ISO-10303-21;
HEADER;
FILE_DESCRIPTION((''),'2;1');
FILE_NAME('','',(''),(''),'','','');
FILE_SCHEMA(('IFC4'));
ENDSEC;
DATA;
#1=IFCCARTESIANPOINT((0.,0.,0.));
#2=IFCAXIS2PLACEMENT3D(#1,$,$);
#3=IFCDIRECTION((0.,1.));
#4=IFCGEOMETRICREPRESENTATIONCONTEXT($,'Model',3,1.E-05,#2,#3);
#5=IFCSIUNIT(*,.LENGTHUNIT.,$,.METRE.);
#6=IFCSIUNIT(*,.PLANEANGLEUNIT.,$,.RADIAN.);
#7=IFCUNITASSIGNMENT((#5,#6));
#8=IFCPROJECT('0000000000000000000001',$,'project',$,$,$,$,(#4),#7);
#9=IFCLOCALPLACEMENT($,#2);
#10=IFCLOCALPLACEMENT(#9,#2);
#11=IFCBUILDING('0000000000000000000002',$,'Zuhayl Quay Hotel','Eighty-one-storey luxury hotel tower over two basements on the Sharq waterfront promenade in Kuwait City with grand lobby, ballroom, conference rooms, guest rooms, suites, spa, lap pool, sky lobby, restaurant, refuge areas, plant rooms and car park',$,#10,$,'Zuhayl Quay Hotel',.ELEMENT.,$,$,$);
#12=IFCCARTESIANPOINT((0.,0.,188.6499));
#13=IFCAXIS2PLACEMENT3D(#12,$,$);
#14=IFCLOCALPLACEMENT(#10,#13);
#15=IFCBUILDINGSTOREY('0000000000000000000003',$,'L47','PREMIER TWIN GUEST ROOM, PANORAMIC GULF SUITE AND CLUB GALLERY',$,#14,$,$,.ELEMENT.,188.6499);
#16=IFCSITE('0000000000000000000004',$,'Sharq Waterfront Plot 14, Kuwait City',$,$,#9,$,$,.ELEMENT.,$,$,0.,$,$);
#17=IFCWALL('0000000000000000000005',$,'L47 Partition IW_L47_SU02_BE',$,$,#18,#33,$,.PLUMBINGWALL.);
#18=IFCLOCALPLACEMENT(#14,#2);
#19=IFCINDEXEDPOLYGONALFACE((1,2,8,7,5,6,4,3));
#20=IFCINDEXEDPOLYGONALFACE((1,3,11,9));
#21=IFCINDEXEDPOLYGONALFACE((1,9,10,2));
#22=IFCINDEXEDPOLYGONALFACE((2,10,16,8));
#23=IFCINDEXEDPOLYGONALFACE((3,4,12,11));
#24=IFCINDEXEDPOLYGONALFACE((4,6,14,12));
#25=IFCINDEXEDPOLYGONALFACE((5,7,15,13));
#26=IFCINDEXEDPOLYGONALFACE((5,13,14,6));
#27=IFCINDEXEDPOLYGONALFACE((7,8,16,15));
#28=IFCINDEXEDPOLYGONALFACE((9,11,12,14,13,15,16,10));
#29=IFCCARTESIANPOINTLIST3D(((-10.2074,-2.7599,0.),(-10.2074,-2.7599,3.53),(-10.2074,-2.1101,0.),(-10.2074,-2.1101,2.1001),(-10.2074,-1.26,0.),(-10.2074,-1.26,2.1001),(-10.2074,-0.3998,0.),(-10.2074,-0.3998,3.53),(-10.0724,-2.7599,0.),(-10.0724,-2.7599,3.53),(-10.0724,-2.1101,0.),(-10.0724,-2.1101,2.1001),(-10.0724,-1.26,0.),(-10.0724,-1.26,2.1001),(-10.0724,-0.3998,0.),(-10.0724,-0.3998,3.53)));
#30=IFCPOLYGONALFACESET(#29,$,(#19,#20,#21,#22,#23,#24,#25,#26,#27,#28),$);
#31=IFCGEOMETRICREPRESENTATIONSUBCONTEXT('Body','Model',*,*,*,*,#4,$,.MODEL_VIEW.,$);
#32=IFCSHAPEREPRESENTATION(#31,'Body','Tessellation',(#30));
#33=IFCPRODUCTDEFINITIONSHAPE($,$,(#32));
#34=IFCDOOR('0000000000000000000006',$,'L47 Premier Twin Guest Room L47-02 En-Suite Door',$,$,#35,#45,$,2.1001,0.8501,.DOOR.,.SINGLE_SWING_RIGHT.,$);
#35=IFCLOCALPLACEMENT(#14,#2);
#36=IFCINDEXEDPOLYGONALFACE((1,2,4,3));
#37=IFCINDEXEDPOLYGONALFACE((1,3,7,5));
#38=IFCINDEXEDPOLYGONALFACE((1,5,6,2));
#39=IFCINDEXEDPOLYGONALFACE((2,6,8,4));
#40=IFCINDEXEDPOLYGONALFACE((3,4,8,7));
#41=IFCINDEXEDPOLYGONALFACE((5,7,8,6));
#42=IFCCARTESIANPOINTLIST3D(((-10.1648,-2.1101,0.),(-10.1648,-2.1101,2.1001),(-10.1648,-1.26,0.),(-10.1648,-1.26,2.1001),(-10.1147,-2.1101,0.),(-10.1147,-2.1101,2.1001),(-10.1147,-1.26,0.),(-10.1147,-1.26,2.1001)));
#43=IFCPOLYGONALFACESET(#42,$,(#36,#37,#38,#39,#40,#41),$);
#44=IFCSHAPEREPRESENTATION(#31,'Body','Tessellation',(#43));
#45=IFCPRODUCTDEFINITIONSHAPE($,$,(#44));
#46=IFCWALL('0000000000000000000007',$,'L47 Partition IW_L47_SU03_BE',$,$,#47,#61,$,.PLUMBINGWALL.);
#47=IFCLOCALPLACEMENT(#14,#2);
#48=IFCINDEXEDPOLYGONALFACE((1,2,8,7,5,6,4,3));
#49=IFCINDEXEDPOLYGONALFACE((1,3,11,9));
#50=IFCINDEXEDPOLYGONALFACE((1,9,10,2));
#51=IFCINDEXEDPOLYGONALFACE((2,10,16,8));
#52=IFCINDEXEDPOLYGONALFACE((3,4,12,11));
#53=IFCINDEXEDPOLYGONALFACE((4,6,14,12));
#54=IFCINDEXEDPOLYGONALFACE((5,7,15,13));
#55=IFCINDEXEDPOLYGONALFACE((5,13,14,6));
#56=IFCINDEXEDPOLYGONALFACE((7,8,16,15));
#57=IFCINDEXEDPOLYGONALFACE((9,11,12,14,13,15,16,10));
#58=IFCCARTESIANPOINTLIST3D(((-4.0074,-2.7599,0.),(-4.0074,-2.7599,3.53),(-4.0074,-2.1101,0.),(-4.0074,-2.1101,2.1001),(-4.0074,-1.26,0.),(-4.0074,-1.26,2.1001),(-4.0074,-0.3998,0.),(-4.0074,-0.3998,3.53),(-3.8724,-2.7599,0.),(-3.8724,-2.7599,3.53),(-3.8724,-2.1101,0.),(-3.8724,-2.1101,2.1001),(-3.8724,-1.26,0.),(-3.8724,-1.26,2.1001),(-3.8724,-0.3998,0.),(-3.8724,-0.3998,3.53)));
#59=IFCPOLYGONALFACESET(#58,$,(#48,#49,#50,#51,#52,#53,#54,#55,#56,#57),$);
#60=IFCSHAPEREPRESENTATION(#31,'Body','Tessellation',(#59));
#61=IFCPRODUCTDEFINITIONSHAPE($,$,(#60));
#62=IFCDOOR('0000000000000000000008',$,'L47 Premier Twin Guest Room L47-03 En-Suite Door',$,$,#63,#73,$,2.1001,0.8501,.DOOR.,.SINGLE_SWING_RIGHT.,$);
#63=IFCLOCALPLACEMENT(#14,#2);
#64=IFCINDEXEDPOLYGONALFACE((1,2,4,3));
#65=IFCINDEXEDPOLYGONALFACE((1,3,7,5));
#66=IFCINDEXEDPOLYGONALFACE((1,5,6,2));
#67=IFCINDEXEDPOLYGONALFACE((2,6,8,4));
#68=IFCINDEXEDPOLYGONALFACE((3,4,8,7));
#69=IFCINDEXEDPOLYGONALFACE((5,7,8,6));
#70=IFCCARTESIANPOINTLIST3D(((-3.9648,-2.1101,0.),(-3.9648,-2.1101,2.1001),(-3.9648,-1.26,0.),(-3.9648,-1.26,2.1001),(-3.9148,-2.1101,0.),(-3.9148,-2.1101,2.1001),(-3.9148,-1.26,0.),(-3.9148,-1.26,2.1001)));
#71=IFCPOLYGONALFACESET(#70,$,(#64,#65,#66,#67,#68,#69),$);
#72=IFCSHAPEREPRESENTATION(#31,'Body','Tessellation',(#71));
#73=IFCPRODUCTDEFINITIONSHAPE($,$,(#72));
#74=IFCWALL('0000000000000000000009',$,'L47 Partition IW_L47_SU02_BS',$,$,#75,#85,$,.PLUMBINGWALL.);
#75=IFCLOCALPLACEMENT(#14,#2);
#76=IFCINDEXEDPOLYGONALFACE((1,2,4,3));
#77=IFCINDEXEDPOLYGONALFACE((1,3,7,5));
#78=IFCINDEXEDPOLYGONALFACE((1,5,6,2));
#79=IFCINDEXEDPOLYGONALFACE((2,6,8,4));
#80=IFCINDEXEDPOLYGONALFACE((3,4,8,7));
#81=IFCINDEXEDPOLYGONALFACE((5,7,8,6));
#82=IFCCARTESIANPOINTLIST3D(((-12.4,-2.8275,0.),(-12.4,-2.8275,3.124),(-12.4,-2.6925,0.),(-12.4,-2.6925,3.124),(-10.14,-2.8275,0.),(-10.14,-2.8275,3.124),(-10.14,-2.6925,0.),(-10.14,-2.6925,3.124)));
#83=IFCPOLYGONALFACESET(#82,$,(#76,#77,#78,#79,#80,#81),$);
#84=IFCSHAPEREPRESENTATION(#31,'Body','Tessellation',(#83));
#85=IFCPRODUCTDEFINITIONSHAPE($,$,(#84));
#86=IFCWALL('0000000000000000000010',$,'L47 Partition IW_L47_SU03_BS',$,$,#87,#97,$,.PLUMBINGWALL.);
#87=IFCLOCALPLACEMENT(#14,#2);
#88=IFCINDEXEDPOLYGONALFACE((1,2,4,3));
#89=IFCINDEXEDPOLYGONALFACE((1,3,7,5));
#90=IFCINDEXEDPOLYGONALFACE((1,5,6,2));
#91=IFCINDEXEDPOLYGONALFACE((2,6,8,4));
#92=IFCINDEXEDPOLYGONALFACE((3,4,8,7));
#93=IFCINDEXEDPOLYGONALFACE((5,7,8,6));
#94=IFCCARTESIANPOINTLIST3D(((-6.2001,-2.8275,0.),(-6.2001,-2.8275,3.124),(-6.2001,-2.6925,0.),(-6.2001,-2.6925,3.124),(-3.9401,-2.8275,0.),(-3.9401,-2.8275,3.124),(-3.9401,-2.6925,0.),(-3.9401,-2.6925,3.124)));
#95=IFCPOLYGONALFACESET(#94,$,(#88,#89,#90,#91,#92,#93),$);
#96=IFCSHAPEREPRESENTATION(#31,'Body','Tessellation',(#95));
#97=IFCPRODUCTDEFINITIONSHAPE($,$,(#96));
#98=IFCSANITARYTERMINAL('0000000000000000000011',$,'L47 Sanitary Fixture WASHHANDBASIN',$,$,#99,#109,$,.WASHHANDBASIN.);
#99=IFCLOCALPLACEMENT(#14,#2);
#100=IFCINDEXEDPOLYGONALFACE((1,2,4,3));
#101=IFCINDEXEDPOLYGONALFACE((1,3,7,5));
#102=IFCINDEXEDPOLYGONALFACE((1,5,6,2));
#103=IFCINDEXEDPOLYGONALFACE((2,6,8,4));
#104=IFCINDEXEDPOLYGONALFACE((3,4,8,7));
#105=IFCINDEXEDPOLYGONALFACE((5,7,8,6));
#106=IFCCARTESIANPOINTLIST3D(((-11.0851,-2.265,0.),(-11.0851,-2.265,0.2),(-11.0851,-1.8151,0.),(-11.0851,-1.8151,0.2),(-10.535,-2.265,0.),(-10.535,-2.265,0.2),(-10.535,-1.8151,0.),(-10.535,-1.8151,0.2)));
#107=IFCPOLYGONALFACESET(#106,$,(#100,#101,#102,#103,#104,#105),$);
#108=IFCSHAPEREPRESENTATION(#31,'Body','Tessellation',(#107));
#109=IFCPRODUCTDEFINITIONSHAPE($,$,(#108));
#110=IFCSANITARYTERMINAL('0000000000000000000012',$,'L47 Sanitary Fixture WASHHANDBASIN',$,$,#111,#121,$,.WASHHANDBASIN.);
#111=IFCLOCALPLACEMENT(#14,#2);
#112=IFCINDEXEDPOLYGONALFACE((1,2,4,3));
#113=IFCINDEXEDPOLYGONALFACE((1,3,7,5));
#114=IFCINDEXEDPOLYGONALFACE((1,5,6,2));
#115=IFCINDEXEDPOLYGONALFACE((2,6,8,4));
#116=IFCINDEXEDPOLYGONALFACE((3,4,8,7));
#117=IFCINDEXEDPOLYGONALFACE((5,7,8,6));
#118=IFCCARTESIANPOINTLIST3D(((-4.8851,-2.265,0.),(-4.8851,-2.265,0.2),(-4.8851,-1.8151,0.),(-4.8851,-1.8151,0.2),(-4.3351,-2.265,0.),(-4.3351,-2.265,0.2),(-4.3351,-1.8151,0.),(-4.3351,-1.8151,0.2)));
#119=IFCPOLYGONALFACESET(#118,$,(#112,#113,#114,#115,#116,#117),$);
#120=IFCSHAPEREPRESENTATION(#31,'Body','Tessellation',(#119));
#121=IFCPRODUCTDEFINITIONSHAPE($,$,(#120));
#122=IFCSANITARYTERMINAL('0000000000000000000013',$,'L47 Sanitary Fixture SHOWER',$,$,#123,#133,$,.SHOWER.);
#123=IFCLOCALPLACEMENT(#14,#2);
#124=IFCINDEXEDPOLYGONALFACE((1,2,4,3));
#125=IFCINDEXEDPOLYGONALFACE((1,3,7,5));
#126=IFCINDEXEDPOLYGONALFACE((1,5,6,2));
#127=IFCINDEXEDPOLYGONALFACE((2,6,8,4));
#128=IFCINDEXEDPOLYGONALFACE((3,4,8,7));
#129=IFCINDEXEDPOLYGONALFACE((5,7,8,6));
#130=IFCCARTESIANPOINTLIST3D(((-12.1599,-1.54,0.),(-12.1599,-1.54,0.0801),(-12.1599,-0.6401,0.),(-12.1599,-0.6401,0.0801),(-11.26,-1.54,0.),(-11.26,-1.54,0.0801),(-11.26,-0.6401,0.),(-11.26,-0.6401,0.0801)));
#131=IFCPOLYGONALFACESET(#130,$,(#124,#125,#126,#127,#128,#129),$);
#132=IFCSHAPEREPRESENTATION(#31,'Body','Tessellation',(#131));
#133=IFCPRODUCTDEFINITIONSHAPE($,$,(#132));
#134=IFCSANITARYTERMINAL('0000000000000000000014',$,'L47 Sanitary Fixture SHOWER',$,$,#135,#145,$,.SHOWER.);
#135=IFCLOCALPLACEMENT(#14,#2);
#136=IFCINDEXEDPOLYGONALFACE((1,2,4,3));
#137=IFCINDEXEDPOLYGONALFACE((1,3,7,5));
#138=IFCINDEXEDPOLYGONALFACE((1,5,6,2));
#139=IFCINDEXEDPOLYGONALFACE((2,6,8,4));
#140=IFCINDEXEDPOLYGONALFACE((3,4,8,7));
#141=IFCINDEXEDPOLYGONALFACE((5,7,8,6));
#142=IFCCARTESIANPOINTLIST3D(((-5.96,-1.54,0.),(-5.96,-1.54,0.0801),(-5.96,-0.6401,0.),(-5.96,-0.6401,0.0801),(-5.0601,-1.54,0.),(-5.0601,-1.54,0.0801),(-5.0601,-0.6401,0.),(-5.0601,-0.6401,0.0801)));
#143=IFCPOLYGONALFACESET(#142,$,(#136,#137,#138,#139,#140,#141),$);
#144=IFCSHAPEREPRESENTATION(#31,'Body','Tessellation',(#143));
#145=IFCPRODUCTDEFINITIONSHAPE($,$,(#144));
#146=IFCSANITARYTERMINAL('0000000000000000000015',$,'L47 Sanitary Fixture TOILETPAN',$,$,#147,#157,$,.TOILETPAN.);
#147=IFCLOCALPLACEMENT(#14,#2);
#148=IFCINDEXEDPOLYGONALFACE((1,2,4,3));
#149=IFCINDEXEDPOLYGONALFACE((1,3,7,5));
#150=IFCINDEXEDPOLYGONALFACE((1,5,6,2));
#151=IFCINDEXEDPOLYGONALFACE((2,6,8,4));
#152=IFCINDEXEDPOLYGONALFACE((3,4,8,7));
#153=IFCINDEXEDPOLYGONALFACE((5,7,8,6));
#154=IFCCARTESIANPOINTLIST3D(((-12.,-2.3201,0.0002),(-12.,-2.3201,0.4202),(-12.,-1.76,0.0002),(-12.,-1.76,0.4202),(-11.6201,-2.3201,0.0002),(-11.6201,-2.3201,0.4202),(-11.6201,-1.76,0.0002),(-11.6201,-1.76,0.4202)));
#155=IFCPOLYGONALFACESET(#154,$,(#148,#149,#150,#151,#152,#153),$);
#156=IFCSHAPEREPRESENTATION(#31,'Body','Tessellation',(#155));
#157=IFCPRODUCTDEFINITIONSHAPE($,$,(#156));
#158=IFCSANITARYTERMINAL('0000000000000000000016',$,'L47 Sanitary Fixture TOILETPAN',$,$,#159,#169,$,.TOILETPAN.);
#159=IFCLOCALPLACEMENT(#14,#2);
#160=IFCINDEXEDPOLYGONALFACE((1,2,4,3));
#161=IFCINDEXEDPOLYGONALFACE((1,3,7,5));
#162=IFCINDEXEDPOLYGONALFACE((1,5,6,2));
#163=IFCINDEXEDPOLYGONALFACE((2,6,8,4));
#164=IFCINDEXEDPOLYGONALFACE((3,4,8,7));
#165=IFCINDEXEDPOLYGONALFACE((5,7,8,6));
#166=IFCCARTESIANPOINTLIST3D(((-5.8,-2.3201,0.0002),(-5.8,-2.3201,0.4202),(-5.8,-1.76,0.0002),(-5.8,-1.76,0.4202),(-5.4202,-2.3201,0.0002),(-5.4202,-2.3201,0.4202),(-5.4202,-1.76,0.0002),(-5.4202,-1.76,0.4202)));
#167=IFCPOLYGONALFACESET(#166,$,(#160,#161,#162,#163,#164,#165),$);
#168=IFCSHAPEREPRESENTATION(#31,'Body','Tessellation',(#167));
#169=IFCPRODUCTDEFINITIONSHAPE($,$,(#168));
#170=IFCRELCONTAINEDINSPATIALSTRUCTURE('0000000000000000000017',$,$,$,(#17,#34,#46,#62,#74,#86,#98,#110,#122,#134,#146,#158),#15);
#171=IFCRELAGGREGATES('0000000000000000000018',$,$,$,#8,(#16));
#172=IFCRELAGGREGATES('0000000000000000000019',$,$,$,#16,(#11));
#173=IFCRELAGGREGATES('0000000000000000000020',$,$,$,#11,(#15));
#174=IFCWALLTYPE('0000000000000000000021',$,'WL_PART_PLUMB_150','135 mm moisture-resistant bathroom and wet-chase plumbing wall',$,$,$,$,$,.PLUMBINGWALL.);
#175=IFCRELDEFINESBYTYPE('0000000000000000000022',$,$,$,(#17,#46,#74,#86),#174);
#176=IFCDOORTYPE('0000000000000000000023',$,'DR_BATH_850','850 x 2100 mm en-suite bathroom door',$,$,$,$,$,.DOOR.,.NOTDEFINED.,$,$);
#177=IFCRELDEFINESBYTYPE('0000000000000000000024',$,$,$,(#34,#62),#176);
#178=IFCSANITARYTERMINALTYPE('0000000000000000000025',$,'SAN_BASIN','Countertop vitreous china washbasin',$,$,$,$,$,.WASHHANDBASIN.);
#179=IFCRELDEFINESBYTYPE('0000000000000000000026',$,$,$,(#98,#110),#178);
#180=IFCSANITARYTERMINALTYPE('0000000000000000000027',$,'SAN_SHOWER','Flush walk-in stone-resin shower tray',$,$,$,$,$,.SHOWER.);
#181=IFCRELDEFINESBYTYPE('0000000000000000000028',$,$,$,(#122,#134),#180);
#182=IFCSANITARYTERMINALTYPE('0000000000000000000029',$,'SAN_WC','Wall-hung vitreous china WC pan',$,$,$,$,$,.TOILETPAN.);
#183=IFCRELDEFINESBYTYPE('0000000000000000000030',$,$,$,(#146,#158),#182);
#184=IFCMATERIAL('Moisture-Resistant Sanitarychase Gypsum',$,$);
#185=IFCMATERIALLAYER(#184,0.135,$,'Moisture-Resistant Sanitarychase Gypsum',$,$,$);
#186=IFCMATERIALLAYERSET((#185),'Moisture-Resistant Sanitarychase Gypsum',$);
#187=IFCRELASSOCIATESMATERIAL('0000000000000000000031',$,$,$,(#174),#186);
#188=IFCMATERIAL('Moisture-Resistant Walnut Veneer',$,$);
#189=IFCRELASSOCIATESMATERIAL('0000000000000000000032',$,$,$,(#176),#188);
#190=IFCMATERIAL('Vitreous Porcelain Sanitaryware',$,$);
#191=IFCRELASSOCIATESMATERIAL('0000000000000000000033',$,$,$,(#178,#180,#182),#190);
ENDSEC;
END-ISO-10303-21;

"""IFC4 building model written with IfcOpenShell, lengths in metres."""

from ifc_helpers import new_model, si_unit, direction, frame, frame_2d, origin, origin_2d, place, context, subcontext, project, spatial, rectangle, extrude, material, layer, layer_set, type_object, element, fill, save


model = new_model("IFC4")

# Units and contexts
model_context = context("Model", 3, precision=1e-05, world=origin(), true_north=direction((0.0, 1.0)))
body_context = subcontext(model_context, "Body", "Model", "MODEL_VIEW")
ifc_project = project(units=[si_unit("LENGTHUNIT", "METRE"), si_unit("PLANEANGLEUNIT", "RADIAN")], contexts=[model_context])

# Site, building, storey
site_placement = place(None, origin())
site = spatial("IfcSite", under=ifc_project, at=site_placement, Name="Sharq Waterfront Plot 14, Kuwait City", CompositionType="ELEMENT", RefElevation=0.0)
building_placement = place(site_placement, origin())
building = spatial("IfcBuilding", under=site, at=building_placement, Name="Zuhayl Quay Hotel", Description="Eighty-one-storey luxury hotel tower over two basements on the Sharq waterfront promenade in Kuwait City with grand lobby, ballroom, conference rooms, guest rooms, suites, spa, lap pool, sky lobby, restaurant, refuge areas, plant rooms and car park", LongName="Zuhayl Quay Hotel", CompositionType="ELEMENT")
storey_placement = place(building_placement, frame((0.0, 0.0, 188.6499)))
storey = spatial("IfcBuildingStorey", under=building, at=storey_placement, Name="L47", Description="PREMIER TWIN GUEST ROOM, PANORAMIC GULF SUITE AND CLUB GALLERY", CompositionType="ELEMENT", Elevation=188.6499)

# Walls, openings, doors
ifc_material_1 = material(Name="Moisture-Resistant Sanitarychase Gypsum")
ifc_layer_1 = layer(ifc_material_1, 0.135, Name="Moisture-Resistant Sanitarychase Gypsum")
ifc_layer_set_1 = layer_set([ifc_layer_1], Name="Moisture-Resistant Sanitarychase Gypsum")
wall_type_1 = type_object("IfcWallType", Name="WL_PART_PLUMB_150", Description="135 mm moisture-resistant bathroom and wet-chase plumbing wall", PredefinedType="PLUMBINGWALL", material=ifc_layer_set_1)
wall_1_placement = place(storey_placement, frame((-10.1399, -2.76, 0.0), z_axis=(0.0, 0.0, 1.0), x_axis=(0.0, 1.0, 0.0)))
wall_1 = element("IfcWall", 1, at=wall_1_placement, inside=storey, type_object=wall_type_1, Name="L47 Partition IW_L47_SU02_BE", PredefinedType="PLUMBINGWALL", context=body_context, shape_type="SweptSolid", body=[
    extrude(rectangle(XDim=2.3601, YDim=0.135, at=frame_2d((1.1802, 0.0))), origin(), (0.0, 0.0, 1.0), 3.53),
])
opening_1_placement = place(wall_1_placement, frame((0.6499, 0.0, 0.0)))
opening_1 = element("IfcOpeningElement", 2, at=opening_1_placement, cuts=wall_1, PredefinedType="OPENING", context=body_context, shape_type="SweptSolid", body=[
    extrude(rectangle(XDim=0.8501, YDim=2.1001, at=frame_2d((0.425, 1.05))), frame((0.0, 0.0774, 0.0), z_axis=(0.0, -1.0, 0.0), x_axis=(1.0, 0.0, 0.0)), (0.0, 0.0, 1.0), 0.155),
])
ifc_material_2 = material(Name="Moisture-Resistant Walnut Veneer")
door_type_1 = type_object("IfcDoorType", Name="DR_BATH_850", Description="850 x 2100 mm en-suite bathroom door", OperationType="NOTDEFINED", PredefinedType="DOOR", material=ifc_material_2)
door_1_placement = place(opening_1_placement, origin())
door_1 = element("IfcDoor", 3, at=door_1_placement, inside=storey, type_object=door_type_1, Name="L47 Premier Twin Guest Room L47-02 En-Suite Door", OperationType="SINGLE_SWING_RIGHT", OverallHeight=2.1001, OverallWidth=0.8501, PredefinedType="DOOR", context=body_context, shape_type="SweptSolid", body=[
    extrude(rectangle(XDim=0.8501, YDim=2.1001, at=frame_2d((0.425, 1.05))), frame((0.0, 0.0249, 0.0), z_axis=(0.0, -1.0, 0.0), x_axis=(1.0, 0.0, 0.0)), (0.0, 0.0, 1.0), 0.05),
])
fill(opening_1, door_1)
wall_2_placement = place(storey_placement, frame((-3.9399, -2.76, 0.0), z_axis=(0.0, 0.0, 1.0), x_axis=(0.0, 1.0, 0.0)))
wall_2 = element("IfcWall", 4, at=wall_2_placement, inside=storey, type_object=wall_type_1, Name="L47 Partition IW_L47_SU03_BE", PredefinedType="PLUMBINGWALL", context=body_context, shape_type="SweptSolid", body=[
    extrude(rectangle(XDim=2.3601, YDim=0.135, at=frame_2d((1.1802, 0.0))), origin(), (0.0, 0.0, 1.0), 3.53),
])
opening_2_placement = place(wall_2_placement, frame((0.6499, 0.0, 0.0)))
opening_2 = element("IfcOpeningElement", 5, at=opening_2_placement, cuts=wall_2, PredefinedType="OPENING", context=body_context, shape_type="SweptSolid", body=[
    extrude(rectangle(XDim=0.8501, YDim=2.1001, at=frame_2d((0.425, 1.05))), frame((0.0, 0.0774, 0.0), z_axis=(0.0, -1.0, 0.0), x_axis=(1.0, 0.0, 0.0)), (0.0, 0.0, 1.0), 0.155),
])
door_2_placement = place(opening_2_placement, origin())
door_2 = element("IfcDoor", 6, at=door_2_placement, inside=storey, type_object=door_type_1, Name="L47 Premier Twin Guest Room L47-03 En-Suite Door", OperationType="SINGLE_SWING_RIGHT", OverallHeight=2.1001, OverallWidth=0.8501, PredefinedType="DOOR", context=body_context, shape_type="SweptSolid", body=[
    extrude(rectangle(XDim=0.8501, YDim=2.1001, at=frame_2d((0.425, 1.05))), frame((0.0, 0.0249, 0.0), z_axis=(0.0, -1.0, 0.0), x_axis=(1.0, 0.0, 0.0)), (0.0, 0.0, 1.0), 0.05),
])
fill(opening_2, door_2)

# Walls
for number, where, z_axis, x_axis, name in (
    (7, (-12.3999, -2.76, 0.0), (0.0, 0.0, 1.0), (1.0, 0.0, 0.0), "L47 Partition IW_L47_SU02_BS"),
    (8, (-6.2, -2.76, 0.0), (0.0, 0.0, 1.0), (1.0, 0.0, 0.0), "L47 Partition IW_L47_SU03_BS"),
):
    element("IfcWall", number, at=place(storey_placement, frame(where, z_axis=z_axis, x_axis=x_axis)), inside=storey, type_object=wall_type_1, Name=name, PredefinedType="PLUMBINGWALL", context=body_context, shape_type="SweptSolid", body=[
        extrude(rectangle(XDim=2.26, YDim=0.135, at=frame_2d((1.1299, 0.0))), origin(), (0.0, 0.0, 1.0), 3.124),
    ])

# Sanitary terminals
ifc_material_3 = material(Name="Vitreous Porcelain Sanitaryware")
sanitary_terminal_type_1 = type_object("IfcSanitaryTerminalType", Name="SAN_BASIN", Description="Countertop vitreous china washbasin", PredefinedType="WASHHANDBASIN", material=ifc_material_3)
for number, where, z_axis, x_axis, name in (
    (9, (-10.8101, -2.04, 0.0), (0.0, 0.0, 1.0), (1.0, 0.0, 0.0), "L47 Sanitary Fixture WASHHANDBASIN"),
    (10, (-4.6101, -2.04, 0.0), (0.0, 0.0, 1.0), (1.0, 0.0, 0.0), "L47 Sanitary Fixture WASHHANDBASIN"),
):
    element("IfcSanitaryTerminal", number, at=place(storey_placement, frame(where, z_axis=z_axis, x_axis=x_axis)), inside=storey, type_object=sanitary_terminal_type_1, Name=name, PredefinedType="WASHHANDBASIN", context=body_context, shape_type="SweptSolid", body=[
        extrude(rectangle(XDim=0.55, YDim=0.45, at=origin_2d()), origin(), (0.0, 0.0, 1.0), 0.2),
    ])
sanitary_terminal_type_2 = type_object("IfcSanitaryTerminalType", Name="SAN_SHOWER", Description="Flush walk-in stone-resin shower tray", PredefinedType="SHOWER", material=ifc_material_3)
for number, where, z_axis, x_axis, name in (
    (11, (-11.71, -1.0901, 0.0), (0.0, 0.0, 1.0), (1.0, 0.0, 0.0), "L47 Sanitary Fixture SHOWER"),
    (12, (-5.51, -1.0901, 0.0), (0.0, 0.0, 1.0), (1.0, 0.0, 0.0), "L47 Sanitary Fixture SHOWER"),
):
    element("IfcSanitaryTerminal", number, at=place(storey_placement, frame(where, z_axis=z_axis, x_axis=x_axis)), inside=storey, type_object=sanitary_terminal_type_2, Name=name, PredefinedType="SHOWER", context=body_context, shape_type="SweptSolid", body=[
        extrude(rectangle(XDim=0.8999, YDim=0.8999, at=origin_2d()), origin(), (0.0, 0.0, 1.0), 0.0801),
    ])
sanitary_terminal_type_3 = type_object("IfcSanitaryTerminalType", Name="SAN_WC", Description="Wall-hung vitreous china WC pan", PredefinedType="TOILETPAN", material=ifc_material_3)
for number, where, z_axis, x_axis, name in (
    (13, (-11.8101, -2.04, 0.0002), (0.0, 0.0, 1.0), (1.0, 0.0, 0.0), "L47 Sanitary Fixture TOILETPAN"),
    (14, (-5.6101, -2.04, 0.0002), (0.0, 0.0, 1.0), (1.0, 0.0, 0.0), "L47 Sanitary Fixture TOILETPAN"),
):
    element("IfcSanitaryTerminal", number, at=place(storey_placement, frame(where, z_axis=z_axis, x_axis=x_axis)), inside=storey, type_object=sanitary_terminal_type_3, Name=name, PredefinedType="TOILETPAN", context=body_context, shape_type="SweptSolid", body=[
        extrude(rectangle(XDim=0.3799, YDim=0.5601, at=origin_2d()), origin(), (0.0, 0.0, 1.0), 0.4199),
    ])

save(model, "model.ifc")
